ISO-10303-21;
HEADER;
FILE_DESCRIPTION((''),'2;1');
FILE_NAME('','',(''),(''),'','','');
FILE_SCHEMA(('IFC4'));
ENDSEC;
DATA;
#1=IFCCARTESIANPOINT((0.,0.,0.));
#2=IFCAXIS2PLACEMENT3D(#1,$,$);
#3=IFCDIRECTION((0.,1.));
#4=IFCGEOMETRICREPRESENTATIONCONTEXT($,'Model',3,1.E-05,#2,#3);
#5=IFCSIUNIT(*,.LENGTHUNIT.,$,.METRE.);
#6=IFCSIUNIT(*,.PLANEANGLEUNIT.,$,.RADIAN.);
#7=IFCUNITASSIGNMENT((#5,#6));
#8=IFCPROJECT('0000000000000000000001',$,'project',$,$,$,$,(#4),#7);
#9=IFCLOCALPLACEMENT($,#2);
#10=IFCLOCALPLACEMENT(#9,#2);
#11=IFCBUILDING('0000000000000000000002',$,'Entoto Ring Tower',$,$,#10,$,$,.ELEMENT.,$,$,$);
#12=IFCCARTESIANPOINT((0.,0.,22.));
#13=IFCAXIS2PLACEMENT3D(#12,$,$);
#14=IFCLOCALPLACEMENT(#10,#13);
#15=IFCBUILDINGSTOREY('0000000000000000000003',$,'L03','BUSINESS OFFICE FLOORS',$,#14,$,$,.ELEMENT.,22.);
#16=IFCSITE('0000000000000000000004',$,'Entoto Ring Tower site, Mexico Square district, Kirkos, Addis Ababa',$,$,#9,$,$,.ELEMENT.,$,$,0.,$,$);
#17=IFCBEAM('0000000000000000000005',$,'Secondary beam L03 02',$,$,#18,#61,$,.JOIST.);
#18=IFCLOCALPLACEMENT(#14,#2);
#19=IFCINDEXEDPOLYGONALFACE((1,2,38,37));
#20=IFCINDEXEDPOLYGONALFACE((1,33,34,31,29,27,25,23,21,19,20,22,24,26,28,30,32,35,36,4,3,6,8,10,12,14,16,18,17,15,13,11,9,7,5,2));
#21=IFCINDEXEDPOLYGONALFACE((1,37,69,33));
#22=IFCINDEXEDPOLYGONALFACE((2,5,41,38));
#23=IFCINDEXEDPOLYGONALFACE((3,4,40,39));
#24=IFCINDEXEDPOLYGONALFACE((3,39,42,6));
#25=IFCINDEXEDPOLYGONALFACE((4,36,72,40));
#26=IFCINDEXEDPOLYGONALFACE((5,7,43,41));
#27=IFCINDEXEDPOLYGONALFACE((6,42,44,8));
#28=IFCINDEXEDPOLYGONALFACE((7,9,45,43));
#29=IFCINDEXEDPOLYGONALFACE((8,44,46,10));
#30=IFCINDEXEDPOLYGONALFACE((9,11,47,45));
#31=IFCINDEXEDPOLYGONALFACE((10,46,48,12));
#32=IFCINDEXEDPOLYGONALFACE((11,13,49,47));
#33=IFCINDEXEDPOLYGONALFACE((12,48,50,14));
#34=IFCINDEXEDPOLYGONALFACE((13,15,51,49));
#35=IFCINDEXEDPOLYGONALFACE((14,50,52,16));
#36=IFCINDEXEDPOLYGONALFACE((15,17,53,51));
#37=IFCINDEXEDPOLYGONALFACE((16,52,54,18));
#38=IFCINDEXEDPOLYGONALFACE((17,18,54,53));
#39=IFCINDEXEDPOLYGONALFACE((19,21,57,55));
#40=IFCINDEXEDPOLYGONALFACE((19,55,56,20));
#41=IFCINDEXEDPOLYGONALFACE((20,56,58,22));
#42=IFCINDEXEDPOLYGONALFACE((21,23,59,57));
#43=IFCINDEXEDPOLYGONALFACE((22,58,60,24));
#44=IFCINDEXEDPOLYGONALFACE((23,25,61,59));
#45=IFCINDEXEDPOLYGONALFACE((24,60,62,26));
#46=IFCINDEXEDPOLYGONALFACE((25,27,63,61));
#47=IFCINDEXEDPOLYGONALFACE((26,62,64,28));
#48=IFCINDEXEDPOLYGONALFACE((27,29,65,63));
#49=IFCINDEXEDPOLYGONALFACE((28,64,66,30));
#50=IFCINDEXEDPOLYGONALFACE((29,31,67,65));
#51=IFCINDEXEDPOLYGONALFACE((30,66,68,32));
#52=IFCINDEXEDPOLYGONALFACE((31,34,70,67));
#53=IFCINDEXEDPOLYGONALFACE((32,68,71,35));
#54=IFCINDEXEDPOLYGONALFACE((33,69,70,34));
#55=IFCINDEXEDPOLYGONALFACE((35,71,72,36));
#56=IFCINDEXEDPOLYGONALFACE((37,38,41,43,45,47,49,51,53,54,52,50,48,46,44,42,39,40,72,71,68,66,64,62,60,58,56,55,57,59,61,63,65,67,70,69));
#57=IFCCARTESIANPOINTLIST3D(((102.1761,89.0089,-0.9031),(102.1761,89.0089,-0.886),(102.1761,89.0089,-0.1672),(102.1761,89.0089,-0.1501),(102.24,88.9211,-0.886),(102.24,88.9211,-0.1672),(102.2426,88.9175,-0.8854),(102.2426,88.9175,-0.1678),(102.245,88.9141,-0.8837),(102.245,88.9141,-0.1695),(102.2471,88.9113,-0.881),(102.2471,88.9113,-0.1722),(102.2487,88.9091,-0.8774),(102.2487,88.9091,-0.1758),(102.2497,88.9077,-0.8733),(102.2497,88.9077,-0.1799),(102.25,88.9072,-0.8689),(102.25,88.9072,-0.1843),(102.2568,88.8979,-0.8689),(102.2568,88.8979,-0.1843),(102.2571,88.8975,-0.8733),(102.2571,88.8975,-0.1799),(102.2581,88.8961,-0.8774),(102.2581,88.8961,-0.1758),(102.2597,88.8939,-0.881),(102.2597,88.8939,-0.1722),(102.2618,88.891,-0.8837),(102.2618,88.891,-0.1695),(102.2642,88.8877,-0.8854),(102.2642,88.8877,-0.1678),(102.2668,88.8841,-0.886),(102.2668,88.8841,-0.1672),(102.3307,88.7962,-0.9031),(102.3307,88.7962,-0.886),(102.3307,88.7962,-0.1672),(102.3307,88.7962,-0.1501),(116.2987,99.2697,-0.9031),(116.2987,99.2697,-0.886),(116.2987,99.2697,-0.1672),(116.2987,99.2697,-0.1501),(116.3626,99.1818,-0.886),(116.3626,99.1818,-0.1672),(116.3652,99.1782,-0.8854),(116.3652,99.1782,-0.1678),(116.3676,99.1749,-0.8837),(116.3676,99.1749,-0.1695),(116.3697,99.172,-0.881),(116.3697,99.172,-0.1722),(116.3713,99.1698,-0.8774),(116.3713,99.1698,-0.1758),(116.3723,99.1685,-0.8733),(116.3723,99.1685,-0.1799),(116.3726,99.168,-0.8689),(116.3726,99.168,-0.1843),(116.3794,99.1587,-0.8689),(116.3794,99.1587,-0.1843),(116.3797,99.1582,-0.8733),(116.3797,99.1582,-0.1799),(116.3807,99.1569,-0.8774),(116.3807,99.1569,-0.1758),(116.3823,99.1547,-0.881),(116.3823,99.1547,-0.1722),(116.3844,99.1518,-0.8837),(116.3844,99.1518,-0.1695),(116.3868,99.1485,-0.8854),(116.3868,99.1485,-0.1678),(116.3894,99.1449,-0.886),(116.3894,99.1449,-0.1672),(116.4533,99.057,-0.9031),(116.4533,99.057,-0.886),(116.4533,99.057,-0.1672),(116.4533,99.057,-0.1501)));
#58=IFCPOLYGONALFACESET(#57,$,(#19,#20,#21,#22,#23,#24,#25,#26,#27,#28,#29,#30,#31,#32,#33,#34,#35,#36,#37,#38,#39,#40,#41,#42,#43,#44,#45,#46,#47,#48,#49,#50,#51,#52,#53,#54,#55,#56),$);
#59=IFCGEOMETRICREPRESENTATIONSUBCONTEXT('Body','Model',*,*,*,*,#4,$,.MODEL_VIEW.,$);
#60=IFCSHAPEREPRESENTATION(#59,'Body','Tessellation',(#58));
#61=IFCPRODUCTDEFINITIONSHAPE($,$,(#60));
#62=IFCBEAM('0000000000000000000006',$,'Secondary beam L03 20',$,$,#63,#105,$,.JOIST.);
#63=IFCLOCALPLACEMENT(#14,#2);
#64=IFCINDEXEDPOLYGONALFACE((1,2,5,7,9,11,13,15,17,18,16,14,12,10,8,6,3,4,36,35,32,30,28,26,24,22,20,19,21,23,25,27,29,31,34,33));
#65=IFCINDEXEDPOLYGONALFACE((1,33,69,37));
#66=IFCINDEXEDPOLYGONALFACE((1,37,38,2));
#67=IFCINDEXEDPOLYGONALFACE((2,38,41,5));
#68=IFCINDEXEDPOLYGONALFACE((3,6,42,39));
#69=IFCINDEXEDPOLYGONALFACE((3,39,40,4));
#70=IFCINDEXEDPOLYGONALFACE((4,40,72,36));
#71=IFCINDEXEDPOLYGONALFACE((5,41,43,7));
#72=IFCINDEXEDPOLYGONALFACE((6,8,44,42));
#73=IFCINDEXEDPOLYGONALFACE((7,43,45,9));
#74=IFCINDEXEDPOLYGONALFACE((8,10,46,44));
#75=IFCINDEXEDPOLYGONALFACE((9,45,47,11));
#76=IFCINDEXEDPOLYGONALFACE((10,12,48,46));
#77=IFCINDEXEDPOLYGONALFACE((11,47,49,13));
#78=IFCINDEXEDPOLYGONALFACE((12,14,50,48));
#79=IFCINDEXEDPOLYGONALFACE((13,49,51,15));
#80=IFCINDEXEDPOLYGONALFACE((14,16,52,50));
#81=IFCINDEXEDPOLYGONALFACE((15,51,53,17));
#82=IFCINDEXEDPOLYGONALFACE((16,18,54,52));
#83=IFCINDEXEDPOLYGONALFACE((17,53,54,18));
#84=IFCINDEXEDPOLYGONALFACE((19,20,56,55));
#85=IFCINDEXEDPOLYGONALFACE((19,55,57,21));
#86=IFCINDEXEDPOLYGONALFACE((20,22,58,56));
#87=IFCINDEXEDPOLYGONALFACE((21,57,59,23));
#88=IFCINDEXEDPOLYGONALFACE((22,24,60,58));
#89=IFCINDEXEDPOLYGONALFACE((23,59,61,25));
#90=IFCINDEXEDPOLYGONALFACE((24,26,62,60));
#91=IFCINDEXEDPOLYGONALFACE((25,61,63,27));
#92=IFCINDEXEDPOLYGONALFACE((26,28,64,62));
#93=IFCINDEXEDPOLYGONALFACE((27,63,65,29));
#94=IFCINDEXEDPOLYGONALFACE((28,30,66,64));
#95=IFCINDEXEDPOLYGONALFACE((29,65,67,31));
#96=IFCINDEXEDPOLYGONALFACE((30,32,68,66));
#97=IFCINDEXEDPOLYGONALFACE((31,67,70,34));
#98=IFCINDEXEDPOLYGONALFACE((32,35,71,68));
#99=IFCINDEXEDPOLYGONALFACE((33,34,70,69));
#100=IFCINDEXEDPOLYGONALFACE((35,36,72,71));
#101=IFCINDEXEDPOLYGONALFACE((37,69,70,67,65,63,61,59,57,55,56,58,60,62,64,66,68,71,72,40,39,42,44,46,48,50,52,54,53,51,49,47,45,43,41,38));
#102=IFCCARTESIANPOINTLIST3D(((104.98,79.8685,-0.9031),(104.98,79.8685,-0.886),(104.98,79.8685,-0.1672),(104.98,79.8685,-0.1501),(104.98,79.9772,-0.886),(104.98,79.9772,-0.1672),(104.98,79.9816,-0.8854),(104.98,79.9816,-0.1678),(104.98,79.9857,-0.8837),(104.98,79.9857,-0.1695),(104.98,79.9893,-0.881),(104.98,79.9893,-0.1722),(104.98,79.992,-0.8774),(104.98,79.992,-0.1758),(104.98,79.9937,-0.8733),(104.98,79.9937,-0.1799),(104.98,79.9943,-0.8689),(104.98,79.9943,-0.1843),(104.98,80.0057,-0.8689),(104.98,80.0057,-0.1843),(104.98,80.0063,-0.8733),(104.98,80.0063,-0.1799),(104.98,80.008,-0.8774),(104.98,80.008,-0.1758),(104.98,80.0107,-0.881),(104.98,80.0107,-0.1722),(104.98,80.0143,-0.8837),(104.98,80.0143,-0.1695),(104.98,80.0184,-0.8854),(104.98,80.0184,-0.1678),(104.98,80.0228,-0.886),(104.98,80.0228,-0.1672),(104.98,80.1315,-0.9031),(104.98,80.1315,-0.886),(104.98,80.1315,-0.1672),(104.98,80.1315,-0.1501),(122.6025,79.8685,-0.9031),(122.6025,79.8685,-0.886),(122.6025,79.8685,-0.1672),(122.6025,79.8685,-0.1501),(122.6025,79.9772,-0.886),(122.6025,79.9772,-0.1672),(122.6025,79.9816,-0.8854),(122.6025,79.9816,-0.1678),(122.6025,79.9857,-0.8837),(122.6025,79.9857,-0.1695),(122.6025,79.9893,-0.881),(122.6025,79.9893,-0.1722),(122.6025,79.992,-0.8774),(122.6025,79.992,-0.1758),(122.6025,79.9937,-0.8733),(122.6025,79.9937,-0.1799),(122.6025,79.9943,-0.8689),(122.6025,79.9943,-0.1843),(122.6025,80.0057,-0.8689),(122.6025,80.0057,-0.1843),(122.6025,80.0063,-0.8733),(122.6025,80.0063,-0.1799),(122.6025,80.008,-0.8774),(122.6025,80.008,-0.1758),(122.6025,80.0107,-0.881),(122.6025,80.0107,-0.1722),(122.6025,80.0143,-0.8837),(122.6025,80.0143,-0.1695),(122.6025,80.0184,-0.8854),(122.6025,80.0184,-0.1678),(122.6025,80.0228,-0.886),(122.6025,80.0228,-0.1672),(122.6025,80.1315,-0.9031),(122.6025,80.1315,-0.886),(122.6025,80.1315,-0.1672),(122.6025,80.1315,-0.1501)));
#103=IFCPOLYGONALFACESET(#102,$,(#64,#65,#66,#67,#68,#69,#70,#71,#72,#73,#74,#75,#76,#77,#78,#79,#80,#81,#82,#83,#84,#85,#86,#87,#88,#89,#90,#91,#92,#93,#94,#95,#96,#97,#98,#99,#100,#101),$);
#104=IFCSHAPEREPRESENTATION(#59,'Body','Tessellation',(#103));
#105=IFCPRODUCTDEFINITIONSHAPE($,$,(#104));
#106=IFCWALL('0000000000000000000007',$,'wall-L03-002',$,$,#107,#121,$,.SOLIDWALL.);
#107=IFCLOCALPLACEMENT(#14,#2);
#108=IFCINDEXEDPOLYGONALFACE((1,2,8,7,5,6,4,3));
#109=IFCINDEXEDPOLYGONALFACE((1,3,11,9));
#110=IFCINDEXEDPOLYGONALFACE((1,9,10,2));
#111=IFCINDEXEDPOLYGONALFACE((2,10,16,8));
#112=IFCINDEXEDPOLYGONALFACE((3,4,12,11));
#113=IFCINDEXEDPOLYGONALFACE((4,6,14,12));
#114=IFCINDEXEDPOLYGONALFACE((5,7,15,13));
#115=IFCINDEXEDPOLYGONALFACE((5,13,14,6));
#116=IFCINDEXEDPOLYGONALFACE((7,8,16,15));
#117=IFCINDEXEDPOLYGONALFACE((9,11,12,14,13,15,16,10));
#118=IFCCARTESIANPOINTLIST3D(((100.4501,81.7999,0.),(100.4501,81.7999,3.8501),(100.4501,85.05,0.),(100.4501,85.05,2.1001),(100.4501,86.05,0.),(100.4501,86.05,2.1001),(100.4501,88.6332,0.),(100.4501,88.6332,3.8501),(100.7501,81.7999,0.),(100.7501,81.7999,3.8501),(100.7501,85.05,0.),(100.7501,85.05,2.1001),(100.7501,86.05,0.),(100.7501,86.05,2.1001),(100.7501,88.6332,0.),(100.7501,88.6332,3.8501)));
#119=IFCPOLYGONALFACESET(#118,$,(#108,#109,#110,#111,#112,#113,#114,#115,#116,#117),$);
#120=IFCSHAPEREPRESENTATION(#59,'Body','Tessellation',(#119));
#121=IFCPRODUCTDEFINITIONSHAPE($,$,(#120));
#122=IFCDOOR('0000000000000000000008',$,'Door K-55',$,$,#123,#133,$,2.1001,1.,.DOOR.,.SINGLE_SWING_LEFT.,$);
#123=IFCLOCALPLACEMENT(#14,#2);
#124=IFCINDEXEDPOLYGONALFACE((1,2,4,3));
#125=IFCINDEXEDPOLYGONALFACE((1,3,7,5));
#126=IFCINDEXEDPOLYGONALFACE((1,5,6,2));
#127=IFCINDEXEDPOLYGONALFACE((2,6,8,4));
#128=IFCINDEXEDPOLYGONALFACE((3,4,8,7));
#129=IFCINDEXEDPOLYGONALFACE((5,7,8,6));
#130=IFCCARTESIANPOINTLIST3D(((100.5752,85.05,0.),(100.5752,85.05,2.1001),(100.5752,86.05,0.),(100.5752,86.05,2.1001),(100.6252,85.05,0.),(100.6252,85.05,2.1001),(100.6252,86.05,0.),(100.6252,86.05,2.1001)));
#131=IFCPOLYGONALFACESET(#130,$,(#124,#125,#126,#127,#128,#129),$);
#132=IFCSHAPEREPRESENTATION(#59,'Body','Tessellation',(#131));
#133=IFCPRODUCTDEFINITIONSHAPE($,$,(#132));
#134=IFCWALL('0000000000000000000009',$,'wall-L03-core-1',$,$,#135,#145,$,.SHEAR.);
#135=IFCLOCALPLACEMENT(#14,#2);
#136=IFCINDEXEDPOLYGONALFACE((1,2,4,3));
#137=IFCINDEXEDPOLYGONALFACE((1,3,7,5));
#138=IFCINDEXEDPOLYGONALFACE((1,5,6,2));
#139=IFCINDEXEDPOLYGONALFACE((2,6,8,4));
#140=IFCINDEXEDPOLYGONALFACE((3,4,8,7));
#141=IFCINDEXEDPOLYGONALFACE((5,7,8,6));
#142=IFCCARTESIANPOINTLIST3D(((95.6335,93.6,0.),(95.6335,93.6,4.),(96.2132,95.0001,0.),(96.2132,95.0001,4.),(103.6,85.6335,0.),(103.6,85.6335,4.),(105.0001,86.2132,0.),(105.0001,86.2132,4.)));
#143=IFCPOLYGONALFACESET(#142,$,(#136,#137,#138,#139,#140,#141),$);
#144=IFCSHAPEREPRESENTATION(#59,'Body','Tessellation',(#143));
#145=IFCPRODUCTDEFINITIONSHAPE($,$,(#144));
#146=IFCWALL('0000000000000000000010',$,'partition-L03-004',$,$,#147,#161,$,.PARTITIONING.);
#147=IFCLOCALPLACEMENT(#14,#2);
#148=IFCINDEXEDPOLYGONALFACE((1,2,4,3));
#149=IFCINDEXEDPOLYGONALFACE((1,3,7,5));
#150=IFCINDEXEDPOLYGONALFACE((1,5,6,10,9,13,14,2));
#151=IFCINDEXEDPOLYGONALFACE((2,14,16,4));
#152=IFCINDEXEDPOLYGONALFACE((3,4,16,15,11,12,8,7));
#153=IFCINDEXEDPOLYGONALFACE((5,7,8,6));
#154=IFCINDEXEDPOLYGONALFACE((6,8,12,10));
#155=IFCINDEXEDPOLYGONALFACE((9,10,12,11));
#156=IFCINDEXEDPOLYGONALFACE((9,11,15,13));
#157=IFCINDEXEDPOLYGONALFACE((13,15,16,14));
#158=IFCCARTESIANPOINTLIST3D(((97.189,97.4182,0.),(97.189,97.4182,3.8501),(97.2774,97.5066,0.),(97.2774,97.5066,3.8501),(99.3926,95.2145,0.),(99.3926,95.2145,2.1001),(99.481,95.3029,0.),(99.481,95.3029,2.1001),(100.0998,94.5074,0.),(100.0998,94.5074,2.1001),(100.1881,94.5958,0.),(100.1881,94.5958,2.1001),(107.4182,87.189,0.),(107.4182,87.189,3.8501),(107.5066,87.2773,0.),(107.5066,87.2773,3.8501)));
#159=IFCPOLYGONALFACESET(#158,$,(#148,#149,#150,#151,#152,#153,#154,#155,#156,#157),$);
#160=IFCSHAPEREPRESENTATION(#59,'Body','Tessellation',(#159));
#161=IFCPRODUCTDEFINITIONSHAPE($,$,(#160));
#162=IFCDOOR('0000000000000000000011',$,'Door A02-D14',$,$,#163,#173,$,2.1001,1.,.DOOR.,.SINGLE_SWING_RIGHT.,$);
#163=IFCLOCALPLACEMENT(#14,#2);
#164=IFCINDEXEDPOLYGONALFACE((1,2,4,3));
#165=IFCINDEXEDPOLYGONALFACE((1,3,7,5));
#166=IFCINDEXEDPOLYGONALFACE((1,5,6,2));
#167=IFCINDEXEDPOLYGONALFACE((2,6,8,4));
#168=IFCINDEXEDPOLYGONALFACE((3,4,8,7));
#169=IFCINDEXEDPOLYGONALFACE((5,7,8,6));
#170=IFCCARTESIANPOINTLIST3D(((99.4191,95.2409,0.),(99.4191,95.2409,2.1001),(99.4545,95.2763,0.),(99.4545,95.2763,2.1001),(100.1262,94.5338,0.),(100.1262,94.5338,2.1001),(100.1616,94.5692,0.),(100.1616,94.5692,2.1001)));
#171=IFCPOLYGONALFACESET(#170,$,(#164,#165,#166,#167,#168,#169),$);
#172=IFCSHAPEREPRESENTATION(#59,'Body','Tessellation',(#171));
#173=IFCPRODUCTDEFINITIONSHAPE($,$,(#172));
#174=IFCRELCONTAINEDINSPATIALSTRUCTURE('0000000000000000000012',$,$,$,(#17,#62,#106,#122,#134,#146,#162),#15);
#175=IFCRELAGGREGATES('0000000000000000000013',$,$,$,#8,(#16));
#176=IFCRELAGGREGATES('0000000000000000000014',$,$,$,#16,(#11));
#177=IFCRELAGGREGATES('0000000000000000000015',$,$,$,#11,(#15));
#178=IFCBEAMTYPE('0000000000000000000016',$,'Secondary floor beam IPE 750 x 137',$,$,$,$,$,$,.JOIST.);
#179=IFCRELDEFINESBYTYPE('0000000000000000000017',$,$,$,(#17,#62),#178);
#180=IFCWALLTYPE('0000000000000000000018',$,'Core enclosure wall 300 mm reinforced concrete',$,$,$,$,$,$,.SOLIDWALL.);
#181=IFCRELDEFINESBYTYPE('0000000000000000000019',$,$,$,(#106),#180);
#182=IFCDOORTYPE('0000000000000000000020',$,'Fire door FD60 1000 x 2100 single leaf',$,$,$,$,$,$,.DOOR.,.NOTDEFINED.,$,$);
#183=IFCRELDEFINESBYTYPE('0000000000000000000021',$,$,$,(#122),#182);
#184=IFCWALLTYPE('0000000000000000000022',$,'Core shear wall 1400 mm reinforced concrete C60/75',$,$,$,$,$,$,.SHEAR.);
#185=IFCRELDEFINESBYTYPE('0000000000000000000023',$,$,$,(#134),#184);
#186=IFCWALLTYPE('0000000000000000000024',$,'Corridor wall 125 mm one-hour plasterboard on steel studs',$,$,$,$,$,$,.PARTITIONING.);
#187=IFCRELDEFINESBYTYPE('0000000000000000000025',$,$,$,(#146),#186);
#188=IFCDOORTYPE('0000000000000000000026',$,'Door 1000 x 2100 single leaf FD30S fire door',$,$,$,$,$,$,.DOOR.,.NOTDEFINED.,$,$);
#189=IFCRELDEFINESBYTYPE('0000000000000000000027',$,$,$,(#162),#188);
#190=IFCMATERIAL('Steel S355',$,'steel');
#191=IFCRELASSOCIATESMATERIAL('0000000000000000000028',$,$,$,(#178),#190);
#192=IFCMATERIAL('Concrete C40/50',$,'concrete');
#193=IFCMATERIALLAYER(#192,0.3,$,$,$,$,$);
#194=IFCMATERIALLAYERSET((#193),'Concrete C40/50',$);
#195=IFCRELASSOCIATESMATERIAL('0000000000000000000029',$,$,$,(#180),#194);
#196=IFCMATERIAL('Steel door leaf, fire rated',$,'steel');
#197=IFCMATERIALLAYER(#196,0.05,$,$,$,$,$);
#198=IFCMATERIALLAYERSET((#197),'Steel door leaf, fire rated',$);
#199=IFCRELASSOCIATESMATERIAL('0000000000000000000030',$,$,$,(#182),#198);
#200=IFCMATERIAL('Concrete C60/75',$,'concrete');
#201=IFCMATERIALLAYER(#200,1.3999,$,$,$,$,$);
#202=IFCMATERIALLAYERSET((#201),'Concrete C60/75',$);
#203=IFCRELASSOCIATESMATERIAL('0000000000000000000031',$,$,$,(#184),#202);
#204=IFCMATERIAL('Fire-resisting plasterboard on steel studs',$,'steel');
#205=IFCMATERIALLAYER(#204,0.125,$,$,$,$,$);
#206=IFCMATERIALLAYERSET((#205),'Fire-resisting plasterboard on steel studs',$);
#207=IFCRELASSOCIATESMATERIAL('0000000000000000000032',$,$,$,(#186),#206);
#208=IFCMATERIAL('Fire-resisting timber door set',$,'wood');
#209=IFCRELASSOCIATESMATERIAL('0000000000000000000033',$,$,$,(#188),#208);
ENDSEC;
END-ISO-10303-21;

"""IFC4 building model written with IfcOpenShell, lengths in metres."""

from ifc_helpers import new_model, si_unit, direction, frame, frame_2d, origin, origin_2d, place, context, subcontext, project, spatial, polyline, rectangle, i_section, outline, extrude, material, layer, layer_set, material_profile, profile_set, type_object, element, fill, save


model = new_model("IFC4")

# Units and contexts
model_context = context("Model", 3, precision=1e-05, world=origin(), true_north=direction((0.0, 1.0)))
body_context = subcontext(model_context, "Body", "Model", "MODEL_VIEW")
ifc_project = project(units=[si_unit("LENGTHUNIT", "METRE"), si_unit("PLANEANGLEUNIT", "RADIAN")], contexts=[model_context])

# Site, building, storey
site_placement = place(None, origin())
site = spatial("IfcSite", under=ifc_project, at=site_placement, Name="Entoto Ring Tower site, Mexico Square district, Kirkos, Addis Ababa", CompositionType="ELEMENT", RefElevation=0.0)
building_placement = place(site_placement, origin())
building = spatial("IfcBuilding", under=site, at=building_placement, Name="Entoto Ring Tower", CompositionType="ELEMENT")
storey_placement = place(building_placement, frame((0.0, 0.0, 22.0)))
storey = spatial("IfcBuildingStorey", under=building, at=storey_placement, Name="L03", Description="BUSINESS OFFICE FLOORS", CompositionType="ELEMENT", Elevation=22.0)

# Beams
ifc_material_1 = material(Name="Steel S355", Category="steel")
ifc_material_profile_1 = material_profile(ifc_material_1, i_section(OverallWidth=0.2629, OverallDepth=0.7529, WebThickness=0.0115, FlangeThickness=0.0171, FilletRadius=0.0171, at=origin_2d()), Name="IPE 750 x 137")
ifc_profile_set_1 = profile_set([ifc_material_profile_1], Name="Steel S355")
beam_type_1 = type_object("IfcBeamType", Name="Secondary floor beam IPE 750 x 137", PredefinedType="JOIST", material=ifc_profile_set_1)
beam_1_placement = place(storey_placement, frame((102.2534, 88.9026, -0.5266), z_axis=(0.809014, 0.587789, 0.0), x_axis=(-0.587789, 0.809014, 0.0)))
element("IfcBeam", 1, at=beam_1_placement, inside=storey, type_object=beam_type_1, Name="Secondary beam L03 02", PredefinedType="JOIST", context=body_context, shape_type="SweptSolid", body=[
    extrude(i_section(OverallWidth=0.2629, OverallDepth=0.7529, WebThickness=0.0115, FlangeThickness=0.0171, FilletRadius=0.0171, at=origin_2d()), origin(), (0.0, 0.0, 1.0), 17.4565),
])
beam_2_placement = place(storey_placement, frame((104.98, 80.0, -0.5266), z_axis=(1.0, 0.0, 0.0), x_axis=(0.0, 1.0, 0.0)))
element("IfcBeam", 2, at=beam_2_placement, inside=storey, type_object=beam_type_1, Name="Secondary beam L03 20", PredefinedType="JOIST", context=body_context, shape_type="SweptSolid", body=[
    extrude(i_section(OverallWidth=0.2629, OverallDepth=0.7529, WebThickness=0.0115, FlangeThickness=0.0171, FilletRadius=0.0171, at=origin_2d()), origin(), (0.0, 0.0, 1.0), 17.6226),
])

# Wall, opening, door
ifc_material_2 = material(Name="Concrete C40/50", Category="concrete")
ifc_layer_1 = layer(ifc_material_2, 0.3)
ifc_layer_set_1 = layer_set([ifc_layer_1], Name="Concrete C40/50")
wall_type_1 = type_object("IfcWallType", Name="Core enclosure wall 300 mm reinforced concrete", PredefinedType="SOLIDWALL", material=ifc_layer_set_1)
wall_1_placement = place(storey_placement, frame((100.6001, 81.8, 0.0), z_axis=(0.0, 0.0, 1.0), x_axis=(0.0, 1.0, 0.0)))
wall_1 = element("IfcWall", 3, at=wall_1_placement, inside=storey, type_object=wall_type_1, Name="wall-L03-002", PredefinedType="SOLIDWALL", context=body_context, shape_type="SweptSolid", body=[
    extrude(rectangle(XDim=6.8333, YDim=0.3, at=frame_2d((3.4165, 0.0))), origin(), (0.0, 0.0, 1.0), 3.8501),
])
opening_1_placement = place(wall_1_placement, frame((3.25, 0.0, 0.0)))
opening_1 = element("IfcOpeningElement", 4, at=opening_1_placement, cuts=wall_1, PredefinedType="OPENING", context=body_context, shape_type="SweptSolid", body=[
    extrude(rectangle(XDim=1.0, YDim=2.1001, at=frame_2d((0.5, 1.05))), frame((0.0, 0.1602, 0.0), z_axis=(0.0, -1.0, 0.0), x_axis=(1.0, 0.0, 0.0)), (0.0, 0.0, 1.0), 0.3201),
])
ifc_material_3 = material(Name="Steel door leaf, fire rated", Category="steel")
ifc_layer_2 = layer(ifc_material_3, 0.05)
ifc_layer_set_2 = layer_set([ifc_layer_2], Name="Steel door leaf, fire rated")
door_type_1 = type_object("IfcDoorType", Name="Fire door FD60 1000 x 2100 single leaf", OperationType="NOTDEFINED", PredefinedType="DOOR", material=ifc_layer_set_2)
door_1_placement = place(opening_1_placement, origin())
door_1 = element("IfcDoor", 5, at=door_1_placement, inside=storey, type_object=door_type_1, Name="Door K-55", OperationType="SINGLE_SWING_LEFT", OverallHeight=2.1001, OverallWidth=1.0, PredefinedType="DOOR", context=body_context, shape_type="SweptSolid", body=[
    extrude(rectangle(XDim=1.0, YDim=2.1001, at=frame_2d((0.5, 1.05))), frame((0.0, 0.0249, 0.0), z_axis=(0.0, -1.0, 0.0), x_axis=(1.0, 0.0, 0.0)), (0.0, 0.0, 1.0), 0.05),
])
fill(opening_1, door_1)

# Wall
ifc_material_4 = material(Name="Concrete C60/75", Category="concrete")
ifc_layer_3 = layer(ifc_material_4, 1.3999)
ifc_layer_set_3 = layer_set([ifc_layer_3], Name="Concrete C60/75")
wall_type_2 = type_object("IfcWallType", Name="Core shear wall 1400 mm reinforced concrete C60/75", PredefinedType="SHEAR", material=ifc_layer_set_3)
wall_2_placement = place(storey_placement, frame((104.3, 85.9233, 0.0), z_axis=(0.0, 0.0, 1.0), x_axis=(-0.707107, 0.707107, 0.0)))
element("IfcWall", 6, at=wall_2_placement, inside=storey, type_object=wall_type_2, Name="wall-L03-core-1", PredefinedType="SHEAR", context=body_context, shape_type="SweptSolid", body=[
    extrude(outline(polyline([(-0.29, -0.7), (12.1365, -0.7), (11.5564, 0.7), (0.29, 0.7), (-0.29, -0.7)])), origin(), (0.0, 0.0, 1.0), 4.0),
])

# Wall, opening, door
ifc_material_5 = material(Name="Fire-resisting plasterboard on steel studs", Category="steel")
ifc_layer_4 = layer(ifc_material_5, 0.125)
ifc_layer_set_4 = layer_set([ifc_layer_4], Name="Fire-resisting plasterboard on steel studs")
wall_type_3 = type_object("IfcWallType", Name="Corridor wall 125 mm one-hour plasterboard on steel studs", PredefinedType="PARTITIONING", material=ifc_layer_set_4)
wall_3_placement = place(storey_placement, frame((107.4624, 87.2332, 0.0), z_axis=(0.0, 0.0, 1.0), x_axis=(-0.707107, 0.707107, 0.0)))
wall_3 = element("IfcWall", 7, at=wall_3_placement, inside=storey, type_object=wall_type_3, Name="partition-L03-004", PredefinedType="PARTITIONING", context=body_context, shape_type="SweptSolid", body=[
    extrude(rectangle(XDim=14.4663, YDim=0.125, at=frame_2d((7.2332, 0.0))), origin(), (0.0, 0.0, 1.0), 3.8501),
])
opening_2_placement = place(wall_3_placement, frame((10.3499, 0.0, 0.0)))
opening_2 = element("IfcOpeningElement", 8, at=opening_2_placement, cuts=wall_3, PredefinedType="OPENING", context=body_context, shape_type="SweptSolid", body=[
    extrude(rectangle(XDim=1.0, YDim=2.1001, at=frame_2d((0.5, 1.05))), frame((0.0, 0.0725, 0.0), z_axis=(0.0, -1.0, 0.0), x_axis=(1.0, 0.0, 0.0)), (0.0, 0.0, 1.0), 0.145),
])
ifc_material_6 = material(Name="Fire-resisting timber door set", Category="wood")
door_type_2 = type_object("IfcDoorType", Name="Door 1000 x 2100 single leaf FD30S fire door", OperationType="NOTDEFINED", PredefinedType="DOOR", material=ifc_material_6)
door_2_placement = place(opening_2_placement, frame((1.0, 0.0, 0.0), z_axis=(0.0, 0.0, 1.0), x_axis=(-1.0, 0.0, 0.0)))
door_2 = element("IfcDoor", 9, at=door_2_placement, inside=storey, type_object=door_type_2, Name="Door A02-D14", OperationType="SINGLE_SWING_RIGHT", OverallHeight=2.1001, OverallWidth=1.0, PredefinedType="DOOR", context=body_context, shape_type="SweptSolid", body=[
    extrude(rectangle(XDim=1.0, YDim=2.1001, at=frame_2d((0.5, 1.05))), frame((0.0, 0.0249, 0.0), z_axis=(0.0, -1.0, 0.0), x_axis=(1.0, 0.0, 0.0)), (0.0, 0.0, 1.0), 0.05),
])
fill(opening_2, door_2)

save(model, "model.ifc")
